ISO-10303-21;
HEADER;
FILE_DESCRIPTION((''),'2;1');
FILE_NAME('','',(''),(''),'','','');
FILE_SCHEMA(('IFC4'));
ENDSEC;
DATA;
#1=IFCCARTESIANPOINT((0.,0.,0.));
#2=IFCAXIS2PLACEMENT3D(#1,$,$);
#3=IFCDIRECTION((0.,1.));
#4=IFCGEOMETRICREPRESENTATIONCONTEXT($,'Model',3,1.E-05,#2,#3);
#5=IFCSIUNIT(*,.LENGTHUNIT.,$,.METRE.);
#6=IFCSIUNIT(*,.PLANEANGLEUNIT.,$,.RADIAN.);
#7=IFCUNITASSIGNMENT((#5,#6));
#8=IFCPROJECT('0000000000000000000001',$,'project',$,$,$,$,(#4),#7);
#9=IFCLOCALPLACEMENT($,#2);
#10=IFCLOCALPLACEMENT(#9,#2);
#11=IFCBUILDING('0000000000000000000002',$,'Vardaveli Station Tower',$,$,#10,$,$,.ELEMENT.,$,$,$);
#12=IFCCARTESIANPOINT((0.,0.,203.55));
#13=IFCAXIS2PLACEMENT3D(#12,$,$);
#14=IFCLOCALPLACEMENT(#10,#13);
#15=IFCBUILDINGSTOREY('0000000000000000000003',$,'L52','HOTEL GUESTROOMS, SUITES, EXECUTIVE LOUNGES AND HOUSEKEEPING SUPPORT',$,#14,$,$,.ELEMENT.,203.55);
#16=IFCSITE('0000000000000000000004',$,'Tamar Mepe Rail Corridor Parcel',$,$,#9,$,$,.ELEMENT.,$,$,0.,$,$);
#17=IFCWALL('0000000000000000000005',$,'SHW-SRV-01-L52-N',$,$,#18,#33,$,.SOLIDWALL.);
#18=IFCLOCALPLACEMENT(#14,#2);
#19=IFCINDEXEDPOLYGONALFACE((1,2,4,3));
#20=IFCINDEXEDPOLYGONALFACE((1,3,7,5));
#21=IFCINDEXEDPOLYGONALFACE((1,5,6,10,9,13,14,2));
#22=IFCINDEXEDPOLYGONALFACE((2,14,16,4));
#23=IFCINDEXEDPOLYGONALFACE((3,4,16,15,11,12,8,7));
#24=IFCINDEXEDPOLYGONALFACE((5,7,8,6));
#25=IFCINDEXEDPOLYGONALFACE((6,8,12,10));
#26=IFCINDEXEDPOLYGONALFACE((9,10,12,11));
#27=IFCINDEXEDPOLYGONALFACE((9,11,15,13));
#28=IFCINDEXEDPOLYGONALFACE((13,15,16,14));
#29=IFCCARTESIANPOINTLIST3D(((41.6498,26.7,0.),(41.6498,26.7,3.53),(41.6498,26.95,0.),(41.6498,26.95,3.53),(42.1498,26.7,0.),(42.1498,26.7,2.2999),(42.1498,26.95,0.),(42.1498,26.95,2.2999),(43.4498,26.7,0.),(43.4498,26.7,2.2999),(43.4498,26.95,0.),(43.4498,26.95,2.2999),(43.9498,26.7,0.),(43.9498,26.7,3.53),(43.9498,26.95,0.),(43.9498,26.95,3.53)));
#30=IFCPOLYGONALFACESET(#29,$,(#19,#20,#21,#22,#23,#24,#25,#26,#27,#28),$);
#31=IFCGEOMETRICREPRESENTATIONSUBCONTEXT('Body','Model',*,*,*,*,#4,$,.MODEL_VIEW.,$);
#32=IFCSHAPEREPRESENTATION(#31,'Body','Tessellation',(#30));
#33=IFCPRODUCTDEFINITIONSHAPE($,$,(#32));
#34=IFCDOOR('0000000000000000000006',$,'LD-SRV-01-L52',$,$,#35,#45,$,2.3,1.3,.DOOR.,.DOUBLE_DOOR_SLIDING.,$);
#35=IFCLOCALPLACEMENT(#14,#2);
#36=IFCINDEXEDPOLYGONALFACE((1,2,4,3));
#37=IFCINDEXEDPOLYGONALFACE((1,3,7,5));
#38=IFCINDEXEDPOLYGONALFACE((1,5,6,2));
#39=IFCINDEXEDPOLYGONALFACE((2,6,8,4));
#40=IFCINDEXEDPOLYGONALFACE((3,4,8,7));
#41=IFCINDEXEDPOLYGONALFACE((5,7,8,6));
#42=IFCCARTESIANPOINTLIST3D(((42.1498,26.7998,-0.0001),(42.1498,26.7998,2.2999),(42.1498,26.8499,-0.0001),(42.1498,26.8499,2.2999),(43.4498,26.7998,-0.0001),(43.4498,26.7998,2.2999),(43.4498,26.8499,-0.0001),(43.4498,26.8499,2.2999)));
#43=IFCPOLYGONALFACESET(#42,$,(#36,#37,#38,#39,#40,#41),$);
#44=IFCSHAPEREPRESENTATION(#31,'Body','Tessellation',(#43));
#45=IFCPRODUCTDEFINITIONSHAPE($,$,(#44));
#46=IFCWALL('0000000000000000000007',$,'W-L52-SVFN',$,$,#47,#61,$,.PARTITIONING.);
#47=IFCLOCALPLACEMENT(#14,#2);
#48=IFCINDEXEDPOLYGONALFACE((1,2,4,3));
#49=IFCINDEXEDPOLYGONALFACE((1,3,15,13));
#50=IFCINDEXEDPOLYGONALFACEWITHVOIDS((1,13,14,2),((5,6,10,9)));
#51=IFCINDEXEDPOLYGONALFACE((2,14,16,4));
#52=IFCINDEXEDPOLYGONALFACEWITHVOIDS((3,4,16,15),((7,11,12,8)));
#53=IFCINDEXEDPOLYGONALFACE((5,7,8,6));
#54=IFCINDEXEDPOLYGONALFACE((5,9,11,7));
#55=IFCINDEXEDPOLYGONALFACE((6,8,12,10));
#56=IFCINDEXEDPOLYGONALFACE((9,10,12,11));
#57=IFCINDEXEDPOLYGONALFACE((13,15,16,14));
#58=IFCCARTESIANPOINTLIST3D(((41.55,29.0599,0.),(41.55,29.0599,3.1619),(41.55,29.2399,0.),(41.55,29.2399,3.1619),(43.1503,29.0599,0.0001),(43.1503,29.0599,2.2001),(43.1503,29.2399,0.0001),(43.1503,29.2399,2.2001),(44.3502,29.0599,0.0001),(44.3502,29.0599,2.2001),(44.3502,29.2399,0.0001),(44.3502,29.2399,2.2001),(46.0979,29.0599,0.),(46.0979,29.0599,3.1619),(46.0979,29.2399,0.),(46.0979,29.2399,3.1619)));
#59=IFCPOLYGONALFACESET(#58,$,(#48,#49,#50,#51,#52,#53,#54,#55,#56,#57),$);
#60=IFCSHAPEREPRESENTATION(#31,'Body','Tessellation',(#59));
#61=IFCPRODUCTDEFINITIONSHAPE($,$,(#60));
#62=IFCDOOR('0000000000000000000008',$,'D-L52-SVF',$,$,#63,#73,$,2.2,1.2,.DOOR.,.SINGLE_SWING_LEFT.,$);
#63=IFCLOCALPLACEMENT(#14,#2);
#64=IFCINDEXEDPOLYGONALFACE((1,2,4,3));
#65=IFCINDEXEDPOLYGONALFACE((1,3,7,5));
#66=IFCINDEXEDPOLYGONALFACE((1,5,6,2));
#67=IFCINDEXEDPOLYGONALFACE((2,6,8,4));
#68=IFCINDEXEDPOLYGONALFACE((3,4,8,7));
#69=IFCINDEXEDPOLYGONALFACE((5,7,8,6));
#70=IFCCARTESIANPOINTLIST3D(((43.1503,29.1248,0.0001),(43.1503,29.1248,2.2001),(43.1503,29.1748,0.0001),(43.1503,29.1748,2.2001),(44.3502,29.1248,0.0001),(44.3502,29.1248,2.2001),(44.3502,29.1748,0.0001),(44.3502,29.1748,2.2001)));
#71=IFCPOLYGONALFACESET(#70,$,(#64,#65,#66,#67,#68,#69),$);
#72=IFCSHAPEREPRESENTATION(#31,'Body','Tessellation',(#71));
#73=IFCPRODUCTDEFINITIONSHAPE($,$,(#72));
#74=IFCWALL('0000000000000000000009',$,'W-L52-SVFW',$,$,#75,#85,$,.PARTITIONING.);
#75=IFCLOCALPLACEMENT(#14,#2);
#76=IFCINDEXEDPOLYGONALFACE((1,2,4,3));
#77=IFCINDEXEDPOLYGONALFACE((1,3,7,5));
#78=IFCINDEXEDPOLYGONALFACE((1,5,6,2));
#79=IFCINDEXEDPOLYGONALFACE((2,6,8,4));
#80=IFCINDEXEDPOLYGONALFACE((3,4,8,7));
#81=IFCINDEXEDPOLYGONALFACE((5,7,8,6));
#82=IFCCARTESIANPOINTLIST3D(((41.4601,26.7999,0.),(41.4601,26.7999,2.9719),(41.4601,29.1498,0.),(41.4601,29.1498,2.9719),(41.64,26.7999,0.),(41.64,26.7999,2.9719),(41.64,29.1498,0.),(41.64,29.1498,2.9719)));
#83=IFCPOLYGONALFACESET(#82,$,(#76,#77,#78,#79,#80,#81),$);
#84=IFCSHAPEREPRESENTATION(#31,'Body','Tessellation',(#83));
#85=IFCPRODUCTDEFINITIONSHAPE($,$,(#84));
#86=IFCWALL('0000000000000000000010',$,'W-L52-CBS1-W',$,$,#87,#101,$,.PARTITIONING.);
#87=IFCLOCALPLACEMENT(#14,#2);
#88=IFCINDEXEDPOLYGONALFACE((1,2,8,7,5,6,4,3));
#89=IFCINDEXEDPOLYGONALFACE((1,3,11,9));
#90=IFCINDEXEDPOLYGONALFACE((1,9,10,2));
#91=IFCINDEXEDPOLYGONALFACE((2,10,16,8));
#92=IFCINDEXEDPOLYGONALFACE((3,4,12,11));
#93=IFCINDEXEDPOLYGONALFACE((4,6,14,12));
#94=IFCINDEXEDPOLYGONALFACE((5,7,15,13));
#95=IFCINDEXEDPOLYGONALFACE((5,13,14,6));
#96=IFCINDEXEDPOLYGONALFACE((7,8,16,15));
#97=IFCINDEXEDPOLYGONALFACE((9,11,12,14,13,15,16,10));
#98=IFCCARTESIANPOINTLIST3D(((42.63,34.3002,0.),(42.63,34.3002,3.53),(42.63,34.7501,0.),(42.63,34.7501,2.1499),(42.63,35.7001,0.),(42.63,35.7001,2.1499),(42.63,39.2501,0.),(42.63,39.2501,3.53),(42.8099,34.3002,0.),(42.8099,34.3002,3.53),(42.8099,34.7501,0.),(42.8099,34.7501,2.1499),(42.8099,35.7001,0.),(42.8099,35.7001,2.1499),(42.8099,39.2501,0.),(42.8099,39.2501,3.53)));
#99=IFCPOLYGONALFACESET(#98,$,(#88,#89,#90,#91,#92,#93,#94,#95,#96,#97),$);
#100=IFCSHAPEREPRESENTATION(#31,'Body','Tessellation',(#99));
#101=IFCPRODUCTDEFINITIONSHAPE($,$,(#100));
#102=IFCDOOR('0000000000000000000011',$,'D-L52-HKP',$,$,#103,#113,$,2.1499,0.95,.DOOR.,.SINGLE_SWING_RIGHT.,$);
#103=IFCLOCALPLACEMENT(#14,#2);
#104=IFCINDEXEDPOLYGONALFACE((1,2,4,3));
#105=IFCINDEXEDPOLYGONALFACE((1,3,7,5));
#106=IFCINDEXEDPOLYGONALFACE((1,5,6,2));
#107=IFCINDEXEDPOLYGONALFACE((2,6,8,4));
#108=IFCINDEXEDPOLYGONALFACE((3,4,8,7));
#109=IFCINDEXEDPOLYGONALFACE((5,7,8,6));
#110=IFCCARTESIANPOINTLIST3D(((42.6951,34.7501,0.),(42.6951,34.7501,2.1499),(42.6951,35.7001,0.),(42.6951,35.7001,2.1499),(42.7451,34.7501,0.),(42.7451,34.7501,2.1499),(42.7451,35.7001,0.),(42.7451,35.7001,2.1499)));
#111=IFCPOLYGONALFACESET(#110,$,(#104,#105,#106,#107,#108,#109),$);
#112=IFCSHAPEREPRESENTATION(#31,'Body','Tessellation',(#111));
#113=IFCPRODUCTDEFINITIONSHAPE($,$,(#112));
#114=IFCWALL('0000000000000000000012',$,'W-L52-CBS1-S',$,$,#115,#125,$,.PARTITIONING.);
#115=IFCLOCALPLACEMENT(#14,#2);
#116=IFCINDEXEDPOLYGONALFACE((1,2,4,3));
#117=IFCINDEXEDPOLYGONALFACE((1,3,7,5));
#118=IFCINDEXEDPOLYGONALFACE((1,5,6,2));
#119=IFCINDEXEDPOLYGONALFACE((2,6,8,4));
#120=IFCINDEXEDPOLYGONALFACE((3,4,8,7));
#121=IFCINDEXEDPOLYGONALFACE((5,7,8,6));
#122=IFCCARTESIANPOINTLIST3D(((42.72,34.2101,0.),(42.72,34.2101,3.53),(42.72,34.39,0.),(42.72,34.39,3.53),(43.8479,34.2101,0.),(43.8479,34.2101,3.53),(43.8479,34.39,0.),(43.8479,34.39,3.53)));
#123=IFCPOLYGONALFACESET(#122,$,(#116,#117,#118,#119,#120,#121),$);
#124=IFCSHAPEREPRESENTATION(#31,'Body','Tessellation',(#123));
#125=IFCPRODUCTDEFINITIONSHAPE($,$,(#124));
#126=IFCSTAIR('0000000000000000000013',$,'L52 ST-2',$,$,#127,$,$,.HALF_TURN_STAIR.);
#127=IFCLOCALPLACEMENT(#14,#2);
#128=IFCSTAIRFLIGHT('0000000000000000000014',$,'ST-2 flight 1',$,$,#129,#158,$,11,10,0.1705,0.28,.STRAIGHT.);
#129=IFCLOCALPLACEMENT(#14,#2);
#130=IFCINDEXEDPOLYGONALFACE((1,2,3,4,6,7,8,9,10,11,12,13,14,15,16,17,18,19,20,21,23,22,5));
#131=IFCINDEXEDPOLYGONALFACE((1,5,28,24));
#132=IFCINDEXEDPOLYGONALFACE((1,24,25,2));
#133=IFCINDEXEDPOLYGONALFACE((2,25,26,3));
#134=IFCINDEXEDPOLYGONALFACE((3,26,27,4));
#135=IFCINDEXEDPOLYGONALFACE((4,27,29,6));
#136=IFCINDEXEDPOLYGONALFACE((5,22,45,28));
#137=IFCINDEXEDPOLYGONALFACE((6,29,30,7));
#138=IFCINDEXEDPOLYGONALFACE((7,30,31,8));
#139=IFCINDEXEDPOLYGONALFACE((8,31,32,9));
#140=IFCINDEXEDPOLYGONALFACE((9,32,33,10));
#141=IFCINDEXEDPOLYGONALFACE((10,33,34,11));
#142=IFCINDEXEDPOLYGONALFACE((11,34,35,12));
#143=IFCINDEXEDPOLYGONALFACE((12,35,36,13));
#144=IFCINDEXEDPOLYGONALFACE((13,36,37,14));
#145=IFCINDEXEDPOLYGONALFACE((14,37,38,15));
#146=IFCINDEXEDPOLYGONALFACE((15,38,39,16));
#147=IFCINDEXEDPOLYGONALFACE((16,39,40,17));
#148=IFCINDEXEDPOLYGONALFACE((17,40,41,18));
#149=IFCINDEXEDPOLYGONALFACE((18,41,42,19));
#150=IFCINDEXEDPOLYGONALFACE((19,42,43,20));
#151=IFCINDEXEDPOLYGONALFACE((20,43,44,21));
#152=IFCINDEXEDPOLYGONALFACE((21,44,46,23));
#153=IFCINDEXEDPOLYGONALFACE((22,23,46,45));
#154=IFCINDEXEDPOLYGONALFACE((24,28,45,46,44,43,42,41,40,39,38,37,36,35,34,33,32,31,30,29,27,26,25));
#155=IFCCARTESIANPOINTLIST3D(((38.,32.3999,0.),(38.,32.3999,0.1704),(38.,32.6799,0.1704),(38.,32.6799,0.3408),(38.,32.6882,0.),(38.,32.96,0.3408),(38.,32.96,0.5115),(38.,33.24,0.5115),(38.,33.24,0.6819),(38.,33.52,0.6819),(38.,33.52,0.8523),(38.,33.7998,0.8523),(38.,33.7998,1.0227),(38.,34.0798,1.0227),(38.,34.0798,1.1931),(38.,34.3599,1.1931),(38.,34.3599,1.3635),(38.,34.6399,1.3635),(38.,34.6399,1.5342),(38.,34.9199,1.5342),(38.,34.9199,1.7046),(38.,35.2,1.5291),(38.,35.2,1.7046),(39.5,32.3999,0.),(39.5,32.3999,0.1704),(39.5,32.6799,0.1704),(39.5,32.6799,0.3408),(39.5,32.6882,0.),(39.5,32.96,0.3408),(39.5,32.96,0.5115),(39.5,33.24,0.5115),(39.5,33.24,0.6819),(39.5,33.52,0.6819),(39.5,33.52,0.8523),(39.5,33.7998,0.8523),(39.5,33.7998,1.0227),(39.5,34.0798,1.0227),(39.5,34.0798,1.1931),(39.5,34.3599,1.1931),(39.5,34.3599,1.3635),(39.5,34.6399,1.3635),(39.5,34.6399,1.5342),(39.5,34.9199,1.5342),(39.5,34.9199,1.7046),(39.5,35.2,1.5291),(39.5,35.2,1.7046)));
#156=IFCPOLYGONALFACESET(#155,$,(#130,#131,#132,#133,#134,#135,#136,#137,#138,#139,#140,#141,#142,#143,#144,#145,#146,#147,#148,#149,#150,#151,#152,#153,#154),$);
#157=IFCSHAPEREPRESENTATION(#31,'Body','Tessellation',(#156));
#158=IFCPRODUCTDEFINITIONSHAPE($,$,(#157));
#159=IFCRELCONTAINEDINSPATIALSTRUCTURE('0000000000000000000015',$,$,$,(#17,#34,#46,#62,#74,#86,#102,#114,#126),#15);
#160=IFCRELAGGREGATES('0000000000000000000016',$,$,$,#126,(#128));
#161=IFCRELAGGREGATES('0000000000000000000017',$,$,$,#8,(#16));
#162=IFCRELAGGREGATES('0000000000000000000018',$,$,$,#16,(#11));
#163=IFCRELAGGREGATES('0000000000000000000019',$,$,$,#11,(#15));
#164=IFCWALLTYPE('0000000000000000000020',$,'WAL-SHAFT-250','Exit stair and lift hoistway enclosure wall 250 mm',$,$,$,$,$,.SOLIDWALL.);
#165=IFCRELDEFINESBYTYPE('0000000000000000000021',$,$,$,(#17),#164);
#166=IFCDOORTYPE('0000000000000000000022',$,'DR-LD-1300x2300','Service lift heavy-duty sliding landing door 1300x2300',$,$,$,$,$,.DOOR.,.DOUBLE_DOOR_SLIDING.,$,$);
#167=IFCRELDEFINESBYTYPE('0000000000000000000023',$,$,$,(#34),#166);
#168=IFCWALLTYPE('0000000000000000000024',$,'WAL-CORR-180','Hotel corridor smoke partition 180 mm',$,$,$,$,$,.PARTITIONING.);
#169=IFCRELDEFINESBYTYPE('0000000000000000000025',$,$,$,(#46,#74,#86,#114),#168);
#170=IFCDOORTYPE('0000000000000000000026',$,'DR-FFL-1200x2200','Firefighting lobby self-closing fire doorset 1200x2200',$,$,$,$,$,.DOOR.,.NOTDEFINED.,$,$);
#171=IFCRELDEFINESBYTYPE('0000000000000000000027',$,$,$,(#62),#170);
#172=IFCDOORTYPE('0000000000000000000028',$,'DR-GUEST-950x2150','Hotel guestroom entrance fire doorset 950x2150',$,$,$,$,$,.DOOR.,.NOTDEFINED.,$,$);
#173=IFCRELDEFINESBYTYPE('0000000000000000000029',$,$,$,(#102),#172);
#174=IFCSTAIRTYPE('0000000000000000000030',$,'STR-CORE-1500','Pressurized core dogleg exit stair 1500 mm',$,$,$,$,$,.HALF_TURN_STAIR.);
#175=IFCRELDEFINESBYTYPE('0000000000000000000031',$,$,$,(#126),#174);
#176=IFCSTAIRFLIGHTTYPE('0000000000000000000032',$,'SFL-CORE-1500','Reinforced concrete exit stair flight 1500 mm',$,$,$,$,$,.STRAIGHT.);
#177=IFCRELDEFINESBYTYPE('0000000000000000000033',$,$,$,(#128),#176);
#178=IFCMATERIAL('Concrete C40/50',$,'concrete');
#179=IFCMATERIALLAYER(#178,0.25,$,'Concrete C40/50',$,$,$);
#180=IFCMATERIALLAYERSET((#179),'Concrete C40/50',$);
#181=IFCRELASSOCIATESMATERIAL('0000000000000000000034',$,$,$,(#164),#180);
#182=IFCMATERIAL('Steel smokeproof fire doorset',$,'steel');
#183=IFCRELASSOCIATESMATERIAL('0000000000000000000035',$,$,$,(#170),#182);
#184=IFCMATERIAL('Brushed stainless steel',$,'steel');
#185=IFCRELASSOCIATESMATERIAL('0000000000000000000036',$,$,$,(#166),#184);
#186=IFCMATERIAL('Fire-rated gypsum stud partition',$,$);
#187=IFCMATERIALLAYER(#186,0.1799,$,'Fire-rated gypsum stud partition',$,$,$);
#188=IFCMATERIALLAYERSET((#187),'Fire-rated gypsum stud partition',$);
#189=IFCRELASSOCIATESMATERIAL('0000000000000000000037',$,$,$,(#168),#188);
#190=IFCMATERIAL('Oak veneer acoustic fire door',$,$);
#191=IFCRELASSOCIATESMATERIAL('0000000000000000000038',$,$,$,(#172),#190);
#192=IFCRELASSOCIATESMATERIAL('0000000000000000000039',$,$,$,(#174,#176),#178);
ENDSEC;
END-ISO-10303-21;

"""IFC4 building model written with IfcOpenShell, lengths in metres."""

from ifc_helpers import new_model, si_unit, direction, frame, frame_2d, origin, place, context, subcontext, project, spatial, polyline, rectangle, outline, extrude, source, transform, mapped, material, layer, layer_set, type_object, element, fill, aggregate, save


model = new_model("IFC4")

# Units and contexts
model_context = context("Model", 3, precision=1e-05, world=origin(), true_north=direction((0.0, 1.0)))
body_context = subcontext(model_context, "Body", "Model", "MODEL_VIEW")
ifc_project = project(units=[si_unit("LENGTHUNIT", "METRE"), si_unit("PLANEANGLEUNIT", "RADIAN")], contexts=[model_context])

# Site, building, storey
site_placement = place(None, origin())
site = spatial("IfcSite", under=ifc_project, at=site_placement, Name="Tamar Mepe Rail Corridor Parcel", CompositionType="ELEMENT", RefElevation=0.0)
building_placement = place(site_placement, origin())
building = spatial("IfcBuilding", under=site, at=building_placement, Name="Vardaveli Station Tower", CompositionType="ELEMENT")
storey_placement = place(building_placement, frame((0.0, 0.0, 203.55)))
storey = spatial("IfcBuildingStorey", under=building, at=storey_placement, Name="L52", Description="HOTEL GUESTROOMS, SUITES, EXECUTIVE LOUNGES AND HOUSEKEEPING SUPPORT", CompositionType="ELEMENT", Elevation=203.55)

# Shared definitions
ifc_material_1 = material(Name="Concrete C40/50", Category="concrete")
ifc_layer_1 = layer(ifc_material_1, 0.25, Name="Concrete C40/50")
ifc_layer_set_1 = layer_set([ifc_layer_1], Name="Concrete C40/50")
wall_type_1 = type_object("IfcWallType", Name="WAL-SHAFT-250", Description="Exit stair and lift hoistway enclosure wall 250 mm", PredefinedType="SOLIDWALL", material=ifc_layer_set_1)

# Walls, openings, doors
ifc_material_2 = material(Name="Steel smokeproof fire doorset", Category="steel")
door_type_1 = type_object("IfcDoorType", Name="DR-FFL-1200x2200", Description="Firefighting lobby self-closing fire doorset 1200x2200", OperationType="NOTDEFINED", PredefinedType="DOOR", material=ifc_material_2)
shared_shape_1 = source(origin(), body_context, "Body", "SweptSolid", [
    extrude(rectangle(XDim=1.2, YDim=2.2, at=frame_2d((0.6001, 1.1001))), frame((0.0, 0.0249, 0.0), z_axis=(0.0, -1.0, 0.0), x_axis=(1.0, 0.0, 0.0)), (0.0, 0.0, 1.0), 0.05),
])
shared_shape_2 = source(origin(), body_context, "Body", "SweptSolid", [
    extrude(rectangle(XDim=2.3, YDim=0.25, at=frame_2d((1.1499, 0.0))), origin(), (0.0, 0.0, 1.0), 3.53),
])
wall_1_placement = place(storey_placement, frame((41.6499, 26.825, 0.0), z_axis=(0.0, 0.0, 1.0), x_axis=(1.0, 0.0, 0.0)))
wall_1 = element("IfcWall", 1, at=wall_1_placement, inside=storey, type_object=wall_type_1, Name="SHW-SRV-01-L52-N", PredefinedType="SOLIDWALL", context=body_context, shape_type="MappedRepresentation", body=[
    mapped(shared_shape_2, transform((0.0, 0.0, 0.0), scale=1.0)),
])
shared_shape_3 = source(origin(), body_context, "Body", "SweptSolid", [
    extrude(rectangle(XDim=1.3, YDim=2.3, at=frame_2d((0.6499, 1.1499))), frame((0.0, 0.135, 0.0), z_axis=(0.0, -1.0, 0.0), x_axis=(1.0, 0.0, 0.0)), (0.0, 0.0, 1.0), 0.27),
])
opening_1_placement = place(wall_1_placement, frame((0.5, 0.0, 0.0)))
opening_1 = element("IfcOpeningElement", 2, at=opening_1_placement, cuts=wall_1, PredefinedType="OPENING", context=body_context, shape_type="MappedRepresentation", body=[
    mapped(shared_shape_3, transform((0.0, 0.0, 0.0), scale=1.0)),
])
ifc_material_3 = material(Name="Brushed stainless steel", Category="steel")
door_type_2 = type_object("IfcDoorType", Name="DR-LD-1300x2300", Description="Service lift heavy-duty sliding landing door 1300x2300", OperationType="DOUBLE_DOOR_SLIDING", PredefinedType="DOOR", material=ifc_material_3)
shared_shape_4 = source(origin(), body_context, "Body", "SweptSolid", [
    extrude(rectangle(XDim=1.3, YDim=2.3, at=frame_2d((0.6499, 1.1499))), frame((0.0, 0.0249, 0.0), z_axis=(0.0, -1.0, 0.0), x_axis=(1.0, 0.0, 0.0)), (0.0, 0.0, 1.0), 0.05),
])
door_1_placement = place(opening_1_placement, origin())
door_1 = element("IfcDoor", 3, at=door_1_placement, inside=storey, type_object=door_type_2, Name="LD-SRV-01-L52", OperationType="DOUBLE_DOOR_SLIDING", OverallHeight=2.3, OverallWidth=1.3, PredefinedType="DOOR", context=body_context, shape_type="MappedRepresentation", body=[
    mapped(shared_shape_4, transform((0.0, 0.0, 0.0), scale=1.0)),
])
fill(opening_1, door_1)
ifc_material_4 = material(Name="Fire-rated gypsum stud partition")
ifc_layer_2 = layer(ifc_material_4, 0.1799, Name="Fire-rated gypsum stud partition")
ifc_layer_set_2 = layer_set([ifc_layer_2], Name="Fire-rated gypsum stud partition")
wall_type_2 = type_object("IfcWallType", Name="WAL-CORR-180", Description="Hotel corridor smoke partition 180 mm", PredefinedType="PARTITIONING", material=ifc_layer_set_2)
shared_shape_5 = source(origin(), body_context, "Body", "SweptSolid", [
    extrude(rectangle(XDim=4.5479, YDim=0.1799, at=frame_2d((2.2739, 0.0))), origin(), (0.0, 0.0, 1.0), 3.1619),
])
wall_2_placement = place(storey_placement, frame((41.55, 29.1499, 0.0), z_axis=(0.0, 0.0, 1.0), x_axis=(1.0, 0.0, 0.0)))
wall_2 = element("IfcWall", 4, at=wall_2_placement, inside=storey, type_object=wall_type_2, Name="W-L52-SVFN", PredefinedType="PARTITIONING", context=body_context, shape_type="MappedRepresentation", body=[
    mapped(shared_shape_5, transform((0.0, 0.0, 0.0), scale=1.0)),
])
shared_shape_6 = source(origin(), body_context, "Body", "SweptSolid", [
    extrude(rectangle(XDim=1.2, YDim=2.2, at=frame_2d((0.6001, 1.1001))), frame((0.0, 0.1001, 0.0), z_axis=(0.0, -1.0, 0.0), x_axis=(1.0, 0.0, 0.0)), (0.0, 0.0, 1.0), 0.2),
])
opening_2_placement = place(wall_2_placement, frame((1.6001, 0.0, 0.0)))
opening_2 = element("IfcOpeningElement", 5, at=opening_2_placement, cuts=wall_2, PredefinedType="OPENING", context=body_context, shape_type="MappedRepresentation", body=[
    mapped(shared_shape_6, transform((0.0, 0.0, 0.0), scale=1.0)),
])
door_2_placement = place(opening_2_placement, origin())
door_2 = element("IfcDoor", 6, at=door_2_placement, inside=storey, type_object=door_type_1, Name="D-L52-SVF", OperationType="SINGLE_SWING_LEFT", OverallHeight=2.2, OverallWidth=1.2, PredefinedType="DOOR", context=body_context, shape_type="MappedRepresentation", body=[
    mapped(shared_shape_1, transform((0.0, 0.0, 0.0), scale=1.0)),
])
fill(opening_2, door_2)

# Wall
shared_shape_7 = source(origin(), body_context, "Body", "SweptSolid", [
    extrude(rectangle(XDim=2.3499, YDim=0.1799, at=frame_2d((1.1748, 0.0))), origin(), (0.0, 0.0, 1.0), 2.9719),
])
wall_3_placement = place(storey_placement, frame((41.55, 26.8, 0.0), z_axis=(0.0, 0.0, 1.0), x_axis=(0.0, 1.0, 0.0)))
element("IfcWall", 7, at=wall_3_placement, inside=storey, type_object=wall_type_2, Name="W-L52-SVFW", PredefinedType="PARTITIONING", context=body_context, shape_type="MappedRepresentation", body=[
    mapped(shared_shape_7, transform((0.0, 0.0, 0.0), scale=1.0)),
])

# Wall, opening, door
shared_shape_8 = source(origin(), body_context, "Body", "SweptSolid", [
    extrude(rectangle(XDim=4.95, YDim=0.1799, at=frame_2d((2.4751, 0.0))), origin(), (0.0, 0.0, 1.0), 3.53),
])
wall_4_placement = place(storey_placement, frame((42.72, 34.3, 0.0), z_axis=(0.0, 0.0, 1.0), x_axis=(0.0, 1.0, 0.0)))
wall_4 = element("IfcWall", 8, at=wall_4_placement, inside=storey, type_object=wall_type_2, Name="W-L52-CBS1-W", PredefinedType="PARTITIONING", context=body_context, shape_type="MappedRepresentation", body=[
    mapped(shared_shape_8, transform((0.0, 0.0, 0.0), scale=1.0)),
])
shared_shape_9 = source(origin(), body_context, "Body", "SweptSolid", [
    extrude(rectangle(XDim=0.95, YDim=2.1499, at=frame_2d((0.4751, 1.075))), frame((0.0, 0.1001, 0.0), z_axis=(0.0, -1.0, 0.0), x_axis=(1.0, 0.0, 0.0)), (0.0, 0.0, 1.0), 0.2),
])
opening_3_placement = place(wall_4_placement, frame((0.45, 0.0, 0.0)))
opening_3 = element("IfcOpeningElement", 9, at=opening_3_placement, cuts=wall_4, PredefinedType="OPENING", context=body_context, shape_type="MappedRepresentation", body=[
    mapped(shared_shape_9, transform((0.0, 0.0, 0.0), scale=1.0)),
])
ifc_material_5 = material(Name="Oak veneer acoustic fire door")
door_type_3 = type_object("IfcDoorType", Name="DR-GUEST-950x2150", Description="Hotel guestroom entrance fire doorset 950x2150", OperationType="NOTDEFINED", PredefinedType="DOOR", material=ifc_material_5)
shared_shape_10 = source(origin(), body_context, "Body", "SweptSolid", [
    extrude(rectangle(XDim=0.95, YDim=2.1499, at=frame_2d((0.4751, 1.075))), frame((0.0, 0.0249, 0.0), z_axis=(0.0, -1.0, 0.0), x_axis=(1.0, 0.0, 0.0)), (0.0, 0.0, 1.0), 0.05),
])
door_3_placement = place(opening_3_placement, origin())
door_3 = element("IfcDoor", 10, at=door_3_placement, inside=storey, type_object=door_type_3, Name="D-L52-HKP", OperationType="SINGLE_SWING_RIGHT", OverallHeight=2.1499, OverallWidth=0.95, PredefinedType="DOOR", context=body_context, shape_type="MappedRepresentation", body=[
    mapped(shared_shape_10, transform((0.0, 0.0, 0.0), scale=1.0)),
])
fill(opening_3, door_3)

# Wall
shared_shape_11 = source(origin(), body_context, "Body", "SweptSolid", [
    extrude(rectangle(XDim=1.1279, YDim=0.1799, at=frame_2d((0.564, 0.0))), origin(), (0.0, 0.0, 1.0), 3.53),
])
wall_5_placement = place(storey_placement, frame((42.72, 34.3, 0.0), z_axis=(0.0, 0.0, 1.0), x_axis=(1.0, 0.0, 0.0)))
element("IfcWall", 11, at=wall_5_placement, inside=storey, type_object=wall_type_2, Name="W-L52-CBS1-S", PredefinedType="PARTITIONING", context=body_context, shape_type="MappedRepresentation", body=[
    mapped(shared_shape_11, transform((0.0, 0.0, 0.0), scale=1.0)),
])

# Stair, stair flight
stair_type = type_object("IfcStairType", Name="STR-CORE-1500", Description="Pressurized core dogleg exit stair 1500 mm", PredefinedType="HALF_TURN_STAIR", material=ifc_material_1)
stair_placement = place(storey_placement, origin())
stair = element("IfcStair", 12, at=stair_placement, inside=storey, type_object=stair_type, Name="L52 ST-2", PredefinedType="HALF_TURN_STAIR")
stair_flight_type = type_object("IfcStairFlightType", Name="SFL-CORE-1500", Description="Reinforced concrete exit stair flight 1500 mm", PredefinedType="STRAIGHT", material=ifc_material_1)
shared_shape_12 = source(origin(), body_context, "Body", "SweptSolid", [
    extrude(outline(polyline([(0.0, 0.0), (0.0, 0.1704), (0.28, 0.1704), (0.28, 0.3408), (0.5601, 0.3408), (0.5601, 0.5115), (0.8401, 0.5115), (0.8401, 0.6819), (1.1201, 0.6819), (1.1201, 0.8523), (1.3999, 0.8523), (1.3999, 1.0227), (1.6799, 1.0227), (1.6799, 1.1931), (1.96, 1.1931), (1.96, 1.3635), (2.24, 1.3635), (2.24, 1.5342), (2.52, 1.5342), (2.52, 1.7046), (2.8, 1.7046), (2.8, 1.875), (2.8, 1.5291), (0.2883, 0.0), (0.0, 0.0)])), frame((0.0, 0.75, 0.0), z_axis=(0.0, -1.0, 0.0), x_axis=(1.0, 0.0, 0.0)), (0.0, 0.0, 1.0), 1.5),
])
stair_flight_placement = place(storey_placement, frame((38.75, 32.3999, 0.0), z_axis=(0.0, 0.0, 1.0), x_axis=(0.0, 1.0, 0.0)))
stair_flight = element("IfcStairFlight", 13, at=stair_flight_placement, type_object=stair_flight_type, Name="ST-2 flight 1", NumberOfRisers=11, NumberOfTreads=10, PredefinedType="STRAIGHT", RiserHeight=0.1705, TreadLength=0.28, context=body_context, shape_type="MappedRepresentation", body=[
    mapped(shared_shape_12, transform((0.0, 0.0, 0.0), scale=1.0)),
])
aggregate(stair, [stair_flight])

save(model, "model.ifc")
